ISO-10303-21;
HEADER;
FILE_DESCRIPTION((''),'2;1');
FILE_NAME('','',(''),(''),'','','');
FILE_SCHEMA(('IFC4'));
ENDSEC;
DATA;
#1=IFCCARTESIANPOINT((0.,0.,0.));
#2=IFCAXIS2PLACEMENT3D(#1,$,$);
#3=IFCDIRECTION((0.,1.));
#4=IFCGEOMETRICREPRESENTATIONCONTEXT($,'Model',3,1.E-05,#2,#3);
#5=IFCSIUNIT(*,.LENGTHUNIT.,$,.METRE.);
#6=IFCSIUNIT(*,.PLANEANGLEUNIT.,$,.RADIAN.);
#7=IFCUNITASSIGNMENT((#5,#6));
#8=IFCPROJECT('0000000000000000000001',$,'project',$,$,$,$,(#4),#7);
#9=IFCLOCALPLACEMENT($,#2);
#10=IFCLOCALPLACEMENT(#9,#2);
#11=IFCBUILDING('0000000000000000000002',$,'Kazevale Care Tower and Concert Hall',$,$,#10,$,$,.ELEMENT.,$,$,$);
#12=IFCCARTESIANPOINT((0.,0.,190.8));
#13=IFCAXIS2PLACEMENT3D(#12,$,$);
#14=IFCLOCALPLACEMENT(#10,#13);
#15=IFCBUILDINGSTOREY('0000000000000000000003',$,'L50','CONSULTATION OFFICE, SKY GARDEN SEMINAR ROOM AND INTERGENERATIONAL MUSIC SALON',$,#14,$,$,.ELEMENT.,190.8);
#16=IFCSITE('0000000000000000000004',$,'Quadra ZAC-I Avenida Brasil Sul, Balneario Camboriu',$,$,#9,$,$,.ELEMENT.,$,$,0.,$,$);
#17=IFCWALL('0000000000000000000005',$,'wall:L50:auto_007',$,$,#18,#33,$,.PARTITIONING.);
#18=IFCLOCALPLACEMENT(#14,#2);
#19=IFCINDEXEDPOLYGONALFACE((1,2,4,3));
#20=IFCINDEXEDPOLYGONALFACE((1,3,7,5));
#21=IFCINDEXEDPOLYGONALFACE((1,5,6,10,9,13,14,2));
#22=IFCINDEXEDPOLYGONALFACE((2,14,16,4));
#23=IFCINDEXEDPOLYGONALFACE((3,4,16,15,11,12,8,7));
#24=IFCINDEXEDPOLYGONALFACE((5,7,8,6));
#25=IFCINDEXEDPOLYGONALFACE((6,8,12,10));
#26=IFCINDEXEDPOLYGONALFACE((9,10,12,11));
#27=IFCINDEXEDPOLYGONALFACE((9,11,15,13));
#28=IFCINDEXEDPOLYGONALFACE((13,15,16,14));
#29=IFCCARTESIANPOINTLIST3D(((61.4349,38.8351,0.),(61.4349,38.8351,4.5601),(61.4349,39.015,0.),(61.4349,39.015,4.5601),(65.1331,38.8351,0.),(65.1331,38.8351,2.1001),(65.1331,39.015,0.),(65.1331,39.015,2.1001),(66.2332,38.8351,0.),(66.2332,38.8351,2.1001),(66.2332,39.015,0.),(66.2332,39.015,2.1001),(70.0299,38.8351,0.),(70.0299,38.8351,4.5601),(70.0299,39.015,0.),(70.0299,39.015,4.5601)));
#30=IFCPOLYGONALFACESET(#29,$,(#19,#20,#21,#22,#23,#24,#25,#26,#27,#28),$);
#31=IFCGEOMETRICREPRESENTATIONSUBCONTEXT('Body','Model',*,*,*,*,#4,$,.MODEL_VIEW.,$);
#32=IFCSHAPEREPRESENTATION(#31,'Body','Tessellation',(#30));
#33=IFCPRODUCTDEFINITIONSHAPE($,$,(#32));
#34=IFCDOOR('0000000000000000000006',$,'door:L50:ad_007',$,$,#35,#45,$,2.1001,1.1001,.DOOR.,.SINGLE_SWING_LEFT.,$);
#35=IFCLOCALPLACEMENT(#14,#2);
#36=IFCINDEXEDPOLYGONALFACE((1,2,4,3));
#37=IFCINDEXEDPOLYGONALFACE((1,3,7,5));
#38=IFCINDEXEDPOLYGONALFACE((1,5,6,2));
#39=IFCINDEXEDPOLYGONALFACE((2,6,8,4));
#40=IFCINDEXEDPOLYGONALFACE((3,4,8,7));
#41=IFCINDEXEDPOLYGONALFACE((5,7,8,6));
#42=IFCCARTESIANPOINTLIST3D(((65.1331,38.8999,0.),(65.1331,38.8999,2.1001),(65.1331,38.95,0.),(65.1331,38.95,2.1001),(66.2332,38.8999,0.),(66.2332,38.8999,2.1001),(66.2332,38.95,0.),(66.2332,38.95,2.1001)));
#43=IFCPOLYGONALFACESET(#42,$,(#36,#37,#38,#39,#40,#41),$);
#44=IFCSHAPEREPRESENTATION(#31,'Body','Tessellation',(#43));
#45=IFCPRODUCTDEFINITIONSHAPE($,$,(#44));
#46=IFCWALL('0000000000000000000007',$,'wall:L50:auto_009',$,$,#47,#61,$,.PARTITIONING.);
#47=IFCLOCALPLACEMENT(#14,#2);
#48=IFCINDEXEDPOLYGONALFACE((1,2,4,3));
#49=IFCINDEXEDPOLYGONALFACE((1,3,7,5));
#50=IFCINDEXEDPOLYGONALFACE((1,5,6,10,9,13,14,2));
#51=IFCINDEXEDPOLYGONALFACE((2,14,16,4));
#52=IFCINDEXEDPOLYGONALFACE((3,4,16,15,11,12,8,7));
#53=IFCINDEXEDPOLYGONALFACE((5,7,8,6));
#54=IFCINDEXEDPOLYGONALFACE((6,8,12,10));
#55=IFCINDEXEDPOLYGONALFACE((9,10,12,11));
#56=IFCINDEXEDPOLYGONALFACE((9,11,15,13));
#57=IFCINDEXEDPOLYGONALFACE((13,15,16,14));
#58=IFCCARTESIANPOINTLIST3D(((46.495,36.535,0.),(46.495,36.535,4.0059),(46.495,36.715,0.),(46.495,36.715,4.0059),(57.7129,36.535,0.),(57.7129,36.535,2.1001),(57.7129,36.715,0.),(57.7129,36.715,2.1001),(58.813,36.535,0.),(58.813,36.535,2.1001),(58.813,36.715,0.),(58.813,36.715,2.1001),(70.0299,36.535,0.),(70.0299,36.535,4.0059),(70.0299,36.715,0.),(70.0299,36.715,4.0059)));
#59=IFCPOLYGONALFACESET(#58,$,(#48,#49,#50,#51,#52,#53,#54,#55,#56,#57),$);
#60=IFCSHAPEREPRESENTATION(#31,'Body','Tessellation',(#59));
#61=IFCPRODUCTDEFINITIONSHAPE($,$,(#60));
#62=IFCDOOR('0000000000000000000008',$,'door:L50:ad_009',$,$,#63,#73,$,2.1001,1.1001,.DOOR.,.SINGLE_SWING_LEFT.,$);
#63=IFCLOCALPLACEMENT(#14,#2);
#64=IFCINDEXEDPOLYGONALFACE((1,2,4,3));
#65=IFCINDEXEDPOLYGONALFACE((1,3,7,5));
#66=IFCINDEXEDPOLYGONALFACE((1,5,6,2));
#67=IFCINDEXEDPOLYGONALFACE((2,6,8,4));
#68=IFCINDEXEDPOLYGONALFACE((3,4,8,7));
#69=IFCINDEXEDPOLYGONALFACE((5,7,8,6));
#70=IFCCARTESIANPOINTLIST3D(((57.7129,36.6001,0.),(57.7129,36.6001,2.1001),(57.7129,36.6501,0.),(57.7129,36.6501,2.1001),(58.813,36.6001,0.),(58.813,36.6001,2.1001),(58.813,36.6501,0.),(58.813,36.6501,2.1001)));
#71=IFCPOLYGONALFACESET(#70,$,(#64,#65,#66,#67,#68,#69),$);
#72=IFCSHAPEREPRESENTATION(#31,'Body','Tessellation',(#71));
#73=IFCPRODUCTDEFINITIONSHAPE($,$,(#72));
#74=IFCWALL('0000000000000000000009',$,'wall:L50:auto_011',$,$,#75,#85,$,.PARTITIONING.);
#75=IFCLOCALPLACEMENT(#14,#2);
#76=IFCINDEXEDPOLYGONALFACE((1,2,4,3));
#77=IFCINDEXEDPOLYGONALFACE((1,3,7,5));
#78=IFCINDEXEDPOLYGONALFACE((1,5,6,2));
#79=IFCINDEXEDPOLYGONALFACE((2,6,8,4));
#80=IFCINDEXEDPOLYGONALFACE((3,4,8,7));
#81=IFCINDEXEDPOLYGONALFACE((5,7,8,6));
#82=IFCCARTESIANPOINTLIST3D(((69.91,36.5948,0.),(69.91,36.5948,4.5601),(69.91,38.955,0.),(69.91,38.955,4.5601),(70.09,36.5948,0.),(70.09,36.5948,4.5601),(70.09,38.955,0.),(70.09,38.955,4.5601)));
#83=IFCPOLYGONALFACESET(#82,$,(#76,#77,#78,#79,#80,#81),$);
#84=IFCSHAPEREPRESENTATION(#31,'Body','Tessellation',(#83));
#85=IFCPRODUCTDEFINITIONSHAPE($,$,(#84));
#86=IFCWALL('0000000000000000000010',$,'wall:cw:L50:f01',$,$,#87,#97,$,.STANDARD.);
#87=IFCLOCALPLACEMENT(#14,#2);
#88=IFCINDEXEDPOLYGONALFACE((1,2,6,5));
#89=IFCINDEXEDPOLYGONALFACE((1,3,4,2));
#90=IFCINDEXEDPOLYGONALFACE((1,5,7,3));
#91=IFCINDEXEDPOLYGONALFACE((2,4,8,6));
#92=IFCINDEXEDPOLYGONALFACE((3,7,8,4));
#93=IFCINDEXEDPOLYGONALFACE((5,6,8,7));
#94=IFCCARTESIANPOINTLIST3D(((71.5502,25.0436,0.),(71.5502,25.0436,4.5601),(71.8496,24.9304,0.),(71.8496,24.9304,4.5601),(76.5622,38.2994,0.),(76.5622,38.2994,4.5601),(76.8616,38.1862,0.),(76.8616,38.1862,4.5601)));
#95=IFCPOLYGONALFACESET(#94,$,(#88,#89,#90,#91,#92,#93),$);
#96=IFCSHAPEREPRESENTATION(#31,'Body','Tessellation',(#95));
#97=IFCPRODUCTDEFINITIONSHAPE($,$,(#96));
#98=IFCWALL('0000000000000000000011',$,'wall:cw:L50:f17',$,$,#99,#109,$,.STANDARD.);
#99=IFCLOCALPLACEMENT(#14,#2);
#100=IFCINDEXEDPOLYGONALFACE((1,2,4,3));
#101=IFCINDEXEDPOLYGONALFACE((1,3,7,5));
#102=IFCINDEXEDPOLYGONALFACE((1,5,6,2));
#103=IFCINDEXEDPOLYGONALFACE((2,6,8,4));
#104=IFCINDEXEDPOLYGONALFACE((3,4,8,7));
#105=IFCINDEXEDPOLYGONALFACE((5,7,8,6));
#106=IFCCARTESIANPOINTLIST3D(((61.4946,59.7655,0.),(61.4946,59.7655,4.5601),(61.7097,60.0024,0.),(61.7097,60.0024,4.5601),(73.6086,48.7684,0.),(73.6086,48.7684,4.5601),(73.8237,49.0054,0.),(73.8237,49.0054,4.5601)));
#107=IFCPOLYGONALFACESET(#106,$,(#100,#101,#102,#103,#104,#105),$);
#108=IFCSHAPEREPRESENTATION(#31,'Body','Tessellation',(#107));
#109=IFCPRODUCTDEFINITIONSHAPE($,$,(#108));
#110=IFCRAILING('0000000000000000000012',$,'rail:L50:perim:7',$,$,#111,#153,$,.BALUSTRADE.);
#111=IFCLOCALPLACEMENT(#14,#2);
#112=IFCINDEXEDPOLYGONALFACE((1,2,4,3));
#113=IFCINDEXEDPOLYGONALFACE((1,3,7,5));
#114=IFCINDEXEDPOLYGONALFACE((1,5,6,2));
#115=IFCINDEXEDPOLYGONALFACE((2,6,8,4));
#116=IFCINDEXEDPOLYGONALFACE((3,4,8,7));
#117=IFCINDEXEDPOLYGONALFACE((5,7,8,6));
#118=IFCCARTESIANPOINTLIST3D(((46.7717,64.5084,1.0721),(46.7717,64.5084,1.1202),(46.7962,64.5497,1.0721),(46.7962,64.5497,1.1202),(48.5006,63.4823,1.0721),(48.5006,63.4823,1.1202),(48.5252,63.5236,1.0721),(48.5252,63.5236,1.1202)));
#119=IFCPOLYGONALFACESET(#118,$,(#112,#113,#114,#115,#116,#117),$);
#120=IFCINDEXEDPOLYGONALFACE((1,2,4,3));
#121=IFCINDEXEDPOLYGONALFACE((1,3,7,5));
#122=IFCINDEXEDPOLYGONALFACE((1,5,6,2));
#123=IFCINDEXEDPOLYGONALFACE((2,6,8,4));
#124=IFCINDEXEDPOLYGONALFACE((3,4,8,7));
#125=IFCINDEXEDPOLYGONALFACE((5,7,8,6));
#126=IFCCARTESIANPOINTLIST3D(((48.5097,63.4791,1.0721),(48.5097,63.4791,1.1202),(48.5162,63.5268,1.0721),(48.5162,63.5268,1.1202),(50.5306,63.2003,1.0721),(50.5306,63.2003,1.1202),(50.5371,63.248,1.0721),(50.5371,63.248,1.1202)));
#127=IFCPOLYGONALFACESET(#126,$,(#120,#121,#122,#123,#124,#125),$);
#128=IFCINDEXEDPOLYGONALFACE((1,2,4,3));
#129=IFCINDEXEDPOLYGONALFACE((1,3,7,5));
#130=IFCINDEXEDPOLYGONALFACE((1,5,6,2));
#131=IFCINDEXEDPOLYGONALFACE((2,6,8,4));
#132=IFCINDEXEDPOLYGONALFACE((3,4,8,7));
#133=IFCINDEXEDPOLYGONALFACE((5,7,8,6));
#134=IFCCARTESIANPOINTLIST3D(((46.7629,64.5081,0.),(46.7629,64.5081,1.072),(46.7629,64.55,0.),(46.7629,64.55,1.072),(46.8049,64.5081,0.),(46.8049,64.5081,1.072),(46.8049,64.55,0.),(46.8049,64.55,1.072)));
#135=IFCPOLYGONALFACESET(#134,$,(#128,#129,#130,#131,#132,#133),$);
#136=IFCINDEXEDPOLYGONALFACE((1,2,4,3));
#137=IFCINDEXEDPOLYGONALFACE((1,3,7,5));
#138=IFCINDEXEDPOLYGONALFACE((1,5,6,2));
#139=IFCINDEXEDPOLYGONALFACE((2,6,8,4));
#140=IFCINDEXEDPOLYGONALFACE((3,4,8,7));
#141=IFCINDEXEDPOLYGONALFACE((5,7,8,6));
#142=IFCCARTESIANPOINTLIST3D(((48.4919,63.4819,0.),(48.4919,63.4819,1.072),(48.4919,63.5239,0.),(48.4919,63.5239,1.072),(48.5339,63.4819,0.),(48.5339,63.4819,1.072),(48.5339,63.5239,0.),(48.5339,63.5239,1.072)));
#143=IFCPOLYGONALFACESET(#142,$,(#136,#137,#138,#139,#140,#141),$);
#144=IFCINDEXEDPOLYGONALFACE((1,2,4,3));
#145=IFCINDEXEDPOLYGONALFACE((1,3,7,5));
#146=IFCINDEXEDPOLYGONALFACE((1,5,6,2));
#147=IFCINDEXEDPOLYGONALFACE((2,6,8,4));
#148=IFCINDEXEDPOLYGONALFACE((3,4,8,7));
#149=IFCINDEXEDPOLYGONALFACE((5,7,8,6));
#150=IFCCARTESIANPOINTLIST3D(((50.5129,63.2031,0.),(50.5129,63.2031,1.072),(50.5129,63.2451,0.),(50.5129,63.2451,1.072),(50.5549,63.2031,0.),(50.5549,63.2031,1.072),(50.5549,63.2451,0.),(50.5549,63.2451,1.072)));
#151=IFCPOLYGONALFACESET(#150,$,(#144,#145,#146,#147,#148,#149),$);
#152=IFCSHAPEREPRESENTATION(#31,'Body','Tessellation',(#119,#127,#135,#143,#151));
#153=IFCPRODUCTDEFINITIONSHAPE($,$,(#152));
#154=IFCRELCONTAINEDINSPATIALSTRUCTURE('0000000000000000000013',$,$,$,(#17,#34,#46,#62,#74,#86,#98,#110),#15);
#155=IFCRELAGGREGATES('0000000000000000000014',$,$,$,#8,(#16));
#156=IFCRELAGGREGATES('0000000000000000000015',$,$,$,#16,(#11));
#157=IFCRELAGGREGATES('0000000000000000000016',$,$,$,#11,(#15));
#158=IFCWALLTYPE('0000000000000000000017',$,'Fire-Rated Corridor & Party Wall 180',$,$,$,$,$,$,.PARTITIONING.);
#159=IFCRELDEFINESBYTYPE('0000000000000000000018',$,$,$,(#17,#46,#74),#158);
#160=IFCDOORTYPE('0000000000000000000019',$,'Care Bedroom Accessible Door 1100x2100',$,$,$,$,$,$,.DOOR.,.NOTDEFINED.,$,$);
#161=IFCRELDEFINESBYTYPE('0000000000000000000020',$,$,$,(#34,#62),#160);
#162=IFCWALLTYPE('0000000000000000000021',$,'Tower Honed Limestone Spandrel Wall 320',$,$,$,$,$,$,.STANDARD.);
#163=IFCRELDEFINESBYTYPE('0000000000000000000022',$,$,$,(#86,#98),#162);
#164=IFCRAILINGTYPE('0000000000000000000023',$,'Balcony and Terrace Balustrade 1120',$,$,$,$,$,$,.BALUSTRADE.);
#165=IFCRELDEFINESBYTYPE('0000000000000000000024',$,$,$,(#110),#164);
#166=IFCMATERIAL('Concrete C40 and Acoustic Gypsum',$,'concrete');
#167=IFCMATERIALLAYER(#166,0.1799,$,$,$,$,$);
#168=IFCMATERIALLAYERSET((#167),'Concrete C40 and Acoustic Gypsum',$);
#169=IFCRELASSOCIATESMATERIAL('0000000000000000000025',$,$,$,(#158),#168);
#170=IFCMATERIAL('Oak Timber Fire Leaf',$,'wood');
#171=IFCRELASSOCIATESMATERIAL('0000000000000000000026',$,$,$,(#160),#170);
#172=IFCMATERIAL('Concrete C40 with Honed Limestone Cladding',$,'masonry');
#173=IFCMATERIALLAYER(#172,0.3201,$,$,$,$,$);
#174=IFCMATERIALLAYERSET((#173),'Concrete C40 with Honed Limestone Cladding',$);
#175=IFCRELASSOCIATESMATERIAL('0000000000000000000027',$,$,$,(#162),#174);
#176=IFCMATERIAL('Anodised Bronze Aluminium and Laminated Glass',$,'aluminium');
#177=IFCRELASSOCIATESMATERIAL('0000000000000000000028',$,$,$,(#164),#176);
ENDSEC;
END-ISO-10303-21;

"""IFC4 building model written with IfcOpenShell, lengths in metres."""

from ifc_helpers import new_model, si_unit, direction, frame, frame_2d, origin, origin_2d, place, context, subcontext, project, spatial, rectangle, extrude, material, layer, layer_set, type_object, element, fill, save


model = new_model("IFC4")

# Units and contexts
model_context = context("Model", 3, precision=1e-05, world=origin(), true_north=direction((0.0, 1.0)))
body_context = subcontext(model_context, "Body", "Model", "MODEL_VIEW")
ifc_project = project(units=[si_unit("LENGTHUNIT", "METRE"), si_unit("PLANEANGLEUNIT", "RADIAN")], contexts=[model_context])

# Site, building, storey
site_placement = place(None, origin())
site = spatial("IfcSite", under=ifc_project, at=site_placement, Name="Quadra ZAC-I Avenida Brasil Sul, Balneario Camboriu", CompositionType="ELEMENT", RefElevation=0.0)
building_placement = place(site_placement, origin())
building = spatial("IfcBuilding", under=site, at=building_placement, Name="Kazevale Care Tower and Concert Hall", CompositionType="ELEMENT")
storey_placement = place(building_placement, frame((0.0, 0.0, 190.8)))
storey = spatial("IfcBuildingStorey", under=building, at=storey_placement, Name="L50", Description="CONSULTATION OFFICE, SKY GARDEN SEMINAR ROOM AND INTERGENERATIONAL MUSIC SALON", CompositionType="ELEMENT", Elevation=190.8)

# Walls, openings, doors
ifc_material_1 = material(Name="Concrete C40 and Acoustic Gypsum", Category="concrete")
ifc_layer_1 = layer(ifc_material_1, 0.1799)
ifc_layer_set_1 = layer_set([ifc_layer_1], Name="Concrete C40 and Acoustic Gypsum")
wall_type_1 = type_object("IfcWallType", Name="Fire-Rated Corridor & Party Wall 180", PredefinedType="PARTITIONING", material=ifc_layer_set_1)
ifc_material_2 = material(Name="Oak Timber Fire Leaf", Category="wood")
door_type = type_object("IfcDoorType", Name="Care Bedroom Accessible Door 1100x2100", OperationType="NOTDEFINED", PredefinedType="DOOR", material=ifc_material_2)
wall_1_placement = place(storey_placement, frame((61.4351, 38.925, 0.0), z_axis=(0.0, 0.0, 1.0), x_axis=(1.0, 0.0, 0.0)))
wall_1 = element("IfcWall", 1, at=wall_1_placement, inside=storey, type_object=wall_type_1, Name="wall:L50:auto_007", PredefinedType="PARTITIONING", context=body_context, shape_type="SweptSolid", body=[
    extrude(rectangle(XDim=8.595, YDim=0.1799, at=frame_2d((4.2974, 0.0))), origin(), (0.0, 0.0, 1.0), 4.5601),
])
opening_1_placement = place(wall_1_placement, frame((3.698, 0.0, 0.0)))
opening_1 = element("IfcOpeningElement", 2, at=opening_1_placement, cuts=wall_1, PredefinedType="OPENING", context=body_context, shape_type="SweptSolid", body=[
    extrude(rectangle(XDim=1.1001, YDim=2.1001, at=frame_2d((0.55, 1.05))), frame((0.0, 0.0999, 0.0), z_axis=(0.0, -1.0, 0.0), x_axis=(1.0, 0.0, 0.0)), (0.0, 0.0, 1.0), 0.2),
])
door_1_placement = place(opening_1_placement, origin())
door_1 = element("IfcDoor", 3, at=door_1_placement, inside=storey, type_object=door_type, Name="door:L50:ad_007", OperationType="SINGLE_SWING_LEFT", OverallHeight=2.1001, OverallWidth=1.1001, PredefinedType="DOOR", context=body_context, shape_type="SweptSolid", body=[
    extrude(rectangle(XDim=1.1001, YDim=2.1001, at=frame_2d((0.55, 1.05))), frame((0.0, 0.0249, 0.0), z_axis=(0.0, -1.0, 0.0), x_axis=(1.0, 0.0, 0.0)), (0.0, 0.0, 1.0), 0.05),
])
fill(opening_1, door_1)
wall_2_placement = place(storey_placement, frame((70.03, 36.625, 0.0), z_axis=(0.0, 0.0, 1.0), x_axis=(-1.0, 0.0, 0.0)))
wall_2 = element("IfcWall", 4, at=wall_2_placement, inside=storey, type_object=wall_type_1, Name="wall:L50:auto_009", PredefinedType="PARTITIONING", context=body_context, shape_type="SweptSolid", body=[
    extrude(rectangle(XDim=23.5349, YDim=0.1799, at=frame_2d((11.7676, 0.0))), origin(), (0.0, 0.0, 1.0), 4.0059),
])
opening_2_placement = place(wall_2_placement, frame((11.217, 0.0, 0.0)))
opening_2 = element("IfcOpeningElement", 5, at=opening_2_placement, cuts=wall_2, PredefinedType="OPENING", context=body_context, shape_type="SweptSolid", body=[
    extrude(rectangle(XDim=1.1001, YDim=2.1001, at=frame_2d((0.55, 1.05))), frame((0.0, 0.0999, 0.0), z_axis=(0.0, -1.0, 0.0), x_axis=(1.0, 0.0, 0.0)), (0.0, 0.0, 1.0), 0.2),
])
door_2_placement = place(opening_2_placement, origin())
door_2 = element("IfcDoor", 6, at=door_2_placement, inside=storey, type_object=door_type, Name="door:L50:ad_009", OperationType="SINGLE_SWING_LEFT", OverallHeight=2.1001, OverallWidth=1.1001, PredefinedType="DOOR", context=body_context, shape_type="SweptSolid", body=[
    extrude(rectangle(XDim=1.1001, YDim=2.1001, at=frame_2d((0.55, 1.05))), frame((0.0, 0.0249, 0.0), z_axis=(0.0, -1.0, 0.0), x_axis=(1.0, 0.0, 0.0)), (0.0, 0.0, 1.0), 0.05),
])
fill(opening_2, door_2)

# Walls
wall_3_placement = place(storey_placement, frame((70.0, 38.9551, 0.0), z_axis=(0.0, 0.0, 1.0), x_axis=(0.0, -1.0, 0.0)))
element("IfcWall", 7, at=wall_3_placement, inside=storey, type_object=wall_type_1, Name="wall:L50:auto_011", PredefinedType="PARTITIONING", context=body_context, shape_type="SweptSolid", body=[
    extrude(rectangle(XDim=2.3601, YDim=0.1799, at=frame_2d((1.1802, 0.0))), origin(), (0.0, 0.0, 1.0), 4.5601),
])
ifc_material_3 = material(Name="Concrete C40 with Honed Limestone Cladding", Category="masonry")
ifc_layer_2 = layer(ifc_material_3, 0.3201)
ifc_layer_set_2 = layer_set([ifc_layer_2], Name="Concrete C40 with Honed Limestone Cladding")
wall_type_2 = type_object("IfcWallType", Name="Tower Honed Limestone Spandrel Wall 320", PredefinedType="STANDARD", material=ifc_layer_set_2)
wall_4_placement = place(storey_placement, frame((76.7119, 38.2429, 0.0), z_axis=(0.0, 0.0, 1.0), x_axis=(-0.35366, -0.935374, 0.0)))
element("IfcWall", 8, at=wall_4_placement, inside=storey, type_object=wall_type_2, Name="wall:cw:L50:f01", PredefinedType="STANDARD", context=body_context, shape_type="SweptSolid", body=[
    extrude(rectangle(XDim=14.1716, YDim=0.3201, at=frame_2d((7.0859, 0.0))), origin(), (0.0, 0.0, 1.0), 4.5601),
])
wall_5_placement = place(storey_placement, frame((61.6021, 59.884, 0.0), z_axis=(0.0, 0.0, 1.0), x_axis=(0.740417, -0.672148, 0.0)))
element("IfcWall", 9, at=wall_5_placement, inside=storey, type_object=wall_type_2, Name="wall:cw:L50:f17", PredefinedType="STANDARD", context=body_context, shape_type="SweptSolid", body=[
    extrude(rectangle(XDim=16.3611, YDim=0.3201, at=frame_2d((8.1807, 0.0))), origin(), (0.0, 0.0, 1.0), 4.5601),
])

# Railing
ifc_material_4 = material(Name="Anodised Bronze Aluminium and Laminated Glass", Category="aluminium")
railing_type = type_object("IfcRailingType", Name="Balcony and Terrace Balustrade 1120", PredefinedType="BALUSTRADE", material=ifc_material_4)
railing_1_placement = place(storey_placement, frame((46.7839, 64.5291, 0.0)))
element("IfcRailing", 10, at=railing_1_placement, inside=storey, type_object=railing_type, Name="rail:L50:perim:7", PredefinedType="BALUSTRADE", context=body_context, shape_type="SweptSolid", body=[
    extrude(rectangle(XDim=0.0481, YDim=0.0481, at=origin_2d()), frame((0.0, 0.0, 1.0962), z_axis=(0.859958, -0.510365, 0.0), x_axis=(0.510365, 0.859958, 0.0)), (0.0, 0.0, 1.0), 2.0105),
    extrude(rectangle(XDim=0.0481, YDim=0.0481, at=origin_2d()), frame((1.729, -1.0261, 1.0962), z_axis=(0.990618, -0.136662, 0.0), x_axis=(0.136662, 0.990618, 0.0)), (0.0, 0.0, 1.0), 2.04),
    extrude(rectangle(XDim=0.042, YDim=0.042, at=origin_2d()), origin(), (0.0, 0.0, 1.0), 1.072),
    extrude(rectangle(XDim=0.042, YDim=0.042, at=origin_2d()), frame((1.729, -1.0261, 0.0)), (0.0, 0.0, 1.0), 1.072),
    extrude(rectangle(XDim=0.042, YDim=0.042, at=origin_2d()), frame((3.75, -1.3049, 0.0)), (0.0, 0.0, 1.0), 1.072),
])

save(model, "model.ifc")
